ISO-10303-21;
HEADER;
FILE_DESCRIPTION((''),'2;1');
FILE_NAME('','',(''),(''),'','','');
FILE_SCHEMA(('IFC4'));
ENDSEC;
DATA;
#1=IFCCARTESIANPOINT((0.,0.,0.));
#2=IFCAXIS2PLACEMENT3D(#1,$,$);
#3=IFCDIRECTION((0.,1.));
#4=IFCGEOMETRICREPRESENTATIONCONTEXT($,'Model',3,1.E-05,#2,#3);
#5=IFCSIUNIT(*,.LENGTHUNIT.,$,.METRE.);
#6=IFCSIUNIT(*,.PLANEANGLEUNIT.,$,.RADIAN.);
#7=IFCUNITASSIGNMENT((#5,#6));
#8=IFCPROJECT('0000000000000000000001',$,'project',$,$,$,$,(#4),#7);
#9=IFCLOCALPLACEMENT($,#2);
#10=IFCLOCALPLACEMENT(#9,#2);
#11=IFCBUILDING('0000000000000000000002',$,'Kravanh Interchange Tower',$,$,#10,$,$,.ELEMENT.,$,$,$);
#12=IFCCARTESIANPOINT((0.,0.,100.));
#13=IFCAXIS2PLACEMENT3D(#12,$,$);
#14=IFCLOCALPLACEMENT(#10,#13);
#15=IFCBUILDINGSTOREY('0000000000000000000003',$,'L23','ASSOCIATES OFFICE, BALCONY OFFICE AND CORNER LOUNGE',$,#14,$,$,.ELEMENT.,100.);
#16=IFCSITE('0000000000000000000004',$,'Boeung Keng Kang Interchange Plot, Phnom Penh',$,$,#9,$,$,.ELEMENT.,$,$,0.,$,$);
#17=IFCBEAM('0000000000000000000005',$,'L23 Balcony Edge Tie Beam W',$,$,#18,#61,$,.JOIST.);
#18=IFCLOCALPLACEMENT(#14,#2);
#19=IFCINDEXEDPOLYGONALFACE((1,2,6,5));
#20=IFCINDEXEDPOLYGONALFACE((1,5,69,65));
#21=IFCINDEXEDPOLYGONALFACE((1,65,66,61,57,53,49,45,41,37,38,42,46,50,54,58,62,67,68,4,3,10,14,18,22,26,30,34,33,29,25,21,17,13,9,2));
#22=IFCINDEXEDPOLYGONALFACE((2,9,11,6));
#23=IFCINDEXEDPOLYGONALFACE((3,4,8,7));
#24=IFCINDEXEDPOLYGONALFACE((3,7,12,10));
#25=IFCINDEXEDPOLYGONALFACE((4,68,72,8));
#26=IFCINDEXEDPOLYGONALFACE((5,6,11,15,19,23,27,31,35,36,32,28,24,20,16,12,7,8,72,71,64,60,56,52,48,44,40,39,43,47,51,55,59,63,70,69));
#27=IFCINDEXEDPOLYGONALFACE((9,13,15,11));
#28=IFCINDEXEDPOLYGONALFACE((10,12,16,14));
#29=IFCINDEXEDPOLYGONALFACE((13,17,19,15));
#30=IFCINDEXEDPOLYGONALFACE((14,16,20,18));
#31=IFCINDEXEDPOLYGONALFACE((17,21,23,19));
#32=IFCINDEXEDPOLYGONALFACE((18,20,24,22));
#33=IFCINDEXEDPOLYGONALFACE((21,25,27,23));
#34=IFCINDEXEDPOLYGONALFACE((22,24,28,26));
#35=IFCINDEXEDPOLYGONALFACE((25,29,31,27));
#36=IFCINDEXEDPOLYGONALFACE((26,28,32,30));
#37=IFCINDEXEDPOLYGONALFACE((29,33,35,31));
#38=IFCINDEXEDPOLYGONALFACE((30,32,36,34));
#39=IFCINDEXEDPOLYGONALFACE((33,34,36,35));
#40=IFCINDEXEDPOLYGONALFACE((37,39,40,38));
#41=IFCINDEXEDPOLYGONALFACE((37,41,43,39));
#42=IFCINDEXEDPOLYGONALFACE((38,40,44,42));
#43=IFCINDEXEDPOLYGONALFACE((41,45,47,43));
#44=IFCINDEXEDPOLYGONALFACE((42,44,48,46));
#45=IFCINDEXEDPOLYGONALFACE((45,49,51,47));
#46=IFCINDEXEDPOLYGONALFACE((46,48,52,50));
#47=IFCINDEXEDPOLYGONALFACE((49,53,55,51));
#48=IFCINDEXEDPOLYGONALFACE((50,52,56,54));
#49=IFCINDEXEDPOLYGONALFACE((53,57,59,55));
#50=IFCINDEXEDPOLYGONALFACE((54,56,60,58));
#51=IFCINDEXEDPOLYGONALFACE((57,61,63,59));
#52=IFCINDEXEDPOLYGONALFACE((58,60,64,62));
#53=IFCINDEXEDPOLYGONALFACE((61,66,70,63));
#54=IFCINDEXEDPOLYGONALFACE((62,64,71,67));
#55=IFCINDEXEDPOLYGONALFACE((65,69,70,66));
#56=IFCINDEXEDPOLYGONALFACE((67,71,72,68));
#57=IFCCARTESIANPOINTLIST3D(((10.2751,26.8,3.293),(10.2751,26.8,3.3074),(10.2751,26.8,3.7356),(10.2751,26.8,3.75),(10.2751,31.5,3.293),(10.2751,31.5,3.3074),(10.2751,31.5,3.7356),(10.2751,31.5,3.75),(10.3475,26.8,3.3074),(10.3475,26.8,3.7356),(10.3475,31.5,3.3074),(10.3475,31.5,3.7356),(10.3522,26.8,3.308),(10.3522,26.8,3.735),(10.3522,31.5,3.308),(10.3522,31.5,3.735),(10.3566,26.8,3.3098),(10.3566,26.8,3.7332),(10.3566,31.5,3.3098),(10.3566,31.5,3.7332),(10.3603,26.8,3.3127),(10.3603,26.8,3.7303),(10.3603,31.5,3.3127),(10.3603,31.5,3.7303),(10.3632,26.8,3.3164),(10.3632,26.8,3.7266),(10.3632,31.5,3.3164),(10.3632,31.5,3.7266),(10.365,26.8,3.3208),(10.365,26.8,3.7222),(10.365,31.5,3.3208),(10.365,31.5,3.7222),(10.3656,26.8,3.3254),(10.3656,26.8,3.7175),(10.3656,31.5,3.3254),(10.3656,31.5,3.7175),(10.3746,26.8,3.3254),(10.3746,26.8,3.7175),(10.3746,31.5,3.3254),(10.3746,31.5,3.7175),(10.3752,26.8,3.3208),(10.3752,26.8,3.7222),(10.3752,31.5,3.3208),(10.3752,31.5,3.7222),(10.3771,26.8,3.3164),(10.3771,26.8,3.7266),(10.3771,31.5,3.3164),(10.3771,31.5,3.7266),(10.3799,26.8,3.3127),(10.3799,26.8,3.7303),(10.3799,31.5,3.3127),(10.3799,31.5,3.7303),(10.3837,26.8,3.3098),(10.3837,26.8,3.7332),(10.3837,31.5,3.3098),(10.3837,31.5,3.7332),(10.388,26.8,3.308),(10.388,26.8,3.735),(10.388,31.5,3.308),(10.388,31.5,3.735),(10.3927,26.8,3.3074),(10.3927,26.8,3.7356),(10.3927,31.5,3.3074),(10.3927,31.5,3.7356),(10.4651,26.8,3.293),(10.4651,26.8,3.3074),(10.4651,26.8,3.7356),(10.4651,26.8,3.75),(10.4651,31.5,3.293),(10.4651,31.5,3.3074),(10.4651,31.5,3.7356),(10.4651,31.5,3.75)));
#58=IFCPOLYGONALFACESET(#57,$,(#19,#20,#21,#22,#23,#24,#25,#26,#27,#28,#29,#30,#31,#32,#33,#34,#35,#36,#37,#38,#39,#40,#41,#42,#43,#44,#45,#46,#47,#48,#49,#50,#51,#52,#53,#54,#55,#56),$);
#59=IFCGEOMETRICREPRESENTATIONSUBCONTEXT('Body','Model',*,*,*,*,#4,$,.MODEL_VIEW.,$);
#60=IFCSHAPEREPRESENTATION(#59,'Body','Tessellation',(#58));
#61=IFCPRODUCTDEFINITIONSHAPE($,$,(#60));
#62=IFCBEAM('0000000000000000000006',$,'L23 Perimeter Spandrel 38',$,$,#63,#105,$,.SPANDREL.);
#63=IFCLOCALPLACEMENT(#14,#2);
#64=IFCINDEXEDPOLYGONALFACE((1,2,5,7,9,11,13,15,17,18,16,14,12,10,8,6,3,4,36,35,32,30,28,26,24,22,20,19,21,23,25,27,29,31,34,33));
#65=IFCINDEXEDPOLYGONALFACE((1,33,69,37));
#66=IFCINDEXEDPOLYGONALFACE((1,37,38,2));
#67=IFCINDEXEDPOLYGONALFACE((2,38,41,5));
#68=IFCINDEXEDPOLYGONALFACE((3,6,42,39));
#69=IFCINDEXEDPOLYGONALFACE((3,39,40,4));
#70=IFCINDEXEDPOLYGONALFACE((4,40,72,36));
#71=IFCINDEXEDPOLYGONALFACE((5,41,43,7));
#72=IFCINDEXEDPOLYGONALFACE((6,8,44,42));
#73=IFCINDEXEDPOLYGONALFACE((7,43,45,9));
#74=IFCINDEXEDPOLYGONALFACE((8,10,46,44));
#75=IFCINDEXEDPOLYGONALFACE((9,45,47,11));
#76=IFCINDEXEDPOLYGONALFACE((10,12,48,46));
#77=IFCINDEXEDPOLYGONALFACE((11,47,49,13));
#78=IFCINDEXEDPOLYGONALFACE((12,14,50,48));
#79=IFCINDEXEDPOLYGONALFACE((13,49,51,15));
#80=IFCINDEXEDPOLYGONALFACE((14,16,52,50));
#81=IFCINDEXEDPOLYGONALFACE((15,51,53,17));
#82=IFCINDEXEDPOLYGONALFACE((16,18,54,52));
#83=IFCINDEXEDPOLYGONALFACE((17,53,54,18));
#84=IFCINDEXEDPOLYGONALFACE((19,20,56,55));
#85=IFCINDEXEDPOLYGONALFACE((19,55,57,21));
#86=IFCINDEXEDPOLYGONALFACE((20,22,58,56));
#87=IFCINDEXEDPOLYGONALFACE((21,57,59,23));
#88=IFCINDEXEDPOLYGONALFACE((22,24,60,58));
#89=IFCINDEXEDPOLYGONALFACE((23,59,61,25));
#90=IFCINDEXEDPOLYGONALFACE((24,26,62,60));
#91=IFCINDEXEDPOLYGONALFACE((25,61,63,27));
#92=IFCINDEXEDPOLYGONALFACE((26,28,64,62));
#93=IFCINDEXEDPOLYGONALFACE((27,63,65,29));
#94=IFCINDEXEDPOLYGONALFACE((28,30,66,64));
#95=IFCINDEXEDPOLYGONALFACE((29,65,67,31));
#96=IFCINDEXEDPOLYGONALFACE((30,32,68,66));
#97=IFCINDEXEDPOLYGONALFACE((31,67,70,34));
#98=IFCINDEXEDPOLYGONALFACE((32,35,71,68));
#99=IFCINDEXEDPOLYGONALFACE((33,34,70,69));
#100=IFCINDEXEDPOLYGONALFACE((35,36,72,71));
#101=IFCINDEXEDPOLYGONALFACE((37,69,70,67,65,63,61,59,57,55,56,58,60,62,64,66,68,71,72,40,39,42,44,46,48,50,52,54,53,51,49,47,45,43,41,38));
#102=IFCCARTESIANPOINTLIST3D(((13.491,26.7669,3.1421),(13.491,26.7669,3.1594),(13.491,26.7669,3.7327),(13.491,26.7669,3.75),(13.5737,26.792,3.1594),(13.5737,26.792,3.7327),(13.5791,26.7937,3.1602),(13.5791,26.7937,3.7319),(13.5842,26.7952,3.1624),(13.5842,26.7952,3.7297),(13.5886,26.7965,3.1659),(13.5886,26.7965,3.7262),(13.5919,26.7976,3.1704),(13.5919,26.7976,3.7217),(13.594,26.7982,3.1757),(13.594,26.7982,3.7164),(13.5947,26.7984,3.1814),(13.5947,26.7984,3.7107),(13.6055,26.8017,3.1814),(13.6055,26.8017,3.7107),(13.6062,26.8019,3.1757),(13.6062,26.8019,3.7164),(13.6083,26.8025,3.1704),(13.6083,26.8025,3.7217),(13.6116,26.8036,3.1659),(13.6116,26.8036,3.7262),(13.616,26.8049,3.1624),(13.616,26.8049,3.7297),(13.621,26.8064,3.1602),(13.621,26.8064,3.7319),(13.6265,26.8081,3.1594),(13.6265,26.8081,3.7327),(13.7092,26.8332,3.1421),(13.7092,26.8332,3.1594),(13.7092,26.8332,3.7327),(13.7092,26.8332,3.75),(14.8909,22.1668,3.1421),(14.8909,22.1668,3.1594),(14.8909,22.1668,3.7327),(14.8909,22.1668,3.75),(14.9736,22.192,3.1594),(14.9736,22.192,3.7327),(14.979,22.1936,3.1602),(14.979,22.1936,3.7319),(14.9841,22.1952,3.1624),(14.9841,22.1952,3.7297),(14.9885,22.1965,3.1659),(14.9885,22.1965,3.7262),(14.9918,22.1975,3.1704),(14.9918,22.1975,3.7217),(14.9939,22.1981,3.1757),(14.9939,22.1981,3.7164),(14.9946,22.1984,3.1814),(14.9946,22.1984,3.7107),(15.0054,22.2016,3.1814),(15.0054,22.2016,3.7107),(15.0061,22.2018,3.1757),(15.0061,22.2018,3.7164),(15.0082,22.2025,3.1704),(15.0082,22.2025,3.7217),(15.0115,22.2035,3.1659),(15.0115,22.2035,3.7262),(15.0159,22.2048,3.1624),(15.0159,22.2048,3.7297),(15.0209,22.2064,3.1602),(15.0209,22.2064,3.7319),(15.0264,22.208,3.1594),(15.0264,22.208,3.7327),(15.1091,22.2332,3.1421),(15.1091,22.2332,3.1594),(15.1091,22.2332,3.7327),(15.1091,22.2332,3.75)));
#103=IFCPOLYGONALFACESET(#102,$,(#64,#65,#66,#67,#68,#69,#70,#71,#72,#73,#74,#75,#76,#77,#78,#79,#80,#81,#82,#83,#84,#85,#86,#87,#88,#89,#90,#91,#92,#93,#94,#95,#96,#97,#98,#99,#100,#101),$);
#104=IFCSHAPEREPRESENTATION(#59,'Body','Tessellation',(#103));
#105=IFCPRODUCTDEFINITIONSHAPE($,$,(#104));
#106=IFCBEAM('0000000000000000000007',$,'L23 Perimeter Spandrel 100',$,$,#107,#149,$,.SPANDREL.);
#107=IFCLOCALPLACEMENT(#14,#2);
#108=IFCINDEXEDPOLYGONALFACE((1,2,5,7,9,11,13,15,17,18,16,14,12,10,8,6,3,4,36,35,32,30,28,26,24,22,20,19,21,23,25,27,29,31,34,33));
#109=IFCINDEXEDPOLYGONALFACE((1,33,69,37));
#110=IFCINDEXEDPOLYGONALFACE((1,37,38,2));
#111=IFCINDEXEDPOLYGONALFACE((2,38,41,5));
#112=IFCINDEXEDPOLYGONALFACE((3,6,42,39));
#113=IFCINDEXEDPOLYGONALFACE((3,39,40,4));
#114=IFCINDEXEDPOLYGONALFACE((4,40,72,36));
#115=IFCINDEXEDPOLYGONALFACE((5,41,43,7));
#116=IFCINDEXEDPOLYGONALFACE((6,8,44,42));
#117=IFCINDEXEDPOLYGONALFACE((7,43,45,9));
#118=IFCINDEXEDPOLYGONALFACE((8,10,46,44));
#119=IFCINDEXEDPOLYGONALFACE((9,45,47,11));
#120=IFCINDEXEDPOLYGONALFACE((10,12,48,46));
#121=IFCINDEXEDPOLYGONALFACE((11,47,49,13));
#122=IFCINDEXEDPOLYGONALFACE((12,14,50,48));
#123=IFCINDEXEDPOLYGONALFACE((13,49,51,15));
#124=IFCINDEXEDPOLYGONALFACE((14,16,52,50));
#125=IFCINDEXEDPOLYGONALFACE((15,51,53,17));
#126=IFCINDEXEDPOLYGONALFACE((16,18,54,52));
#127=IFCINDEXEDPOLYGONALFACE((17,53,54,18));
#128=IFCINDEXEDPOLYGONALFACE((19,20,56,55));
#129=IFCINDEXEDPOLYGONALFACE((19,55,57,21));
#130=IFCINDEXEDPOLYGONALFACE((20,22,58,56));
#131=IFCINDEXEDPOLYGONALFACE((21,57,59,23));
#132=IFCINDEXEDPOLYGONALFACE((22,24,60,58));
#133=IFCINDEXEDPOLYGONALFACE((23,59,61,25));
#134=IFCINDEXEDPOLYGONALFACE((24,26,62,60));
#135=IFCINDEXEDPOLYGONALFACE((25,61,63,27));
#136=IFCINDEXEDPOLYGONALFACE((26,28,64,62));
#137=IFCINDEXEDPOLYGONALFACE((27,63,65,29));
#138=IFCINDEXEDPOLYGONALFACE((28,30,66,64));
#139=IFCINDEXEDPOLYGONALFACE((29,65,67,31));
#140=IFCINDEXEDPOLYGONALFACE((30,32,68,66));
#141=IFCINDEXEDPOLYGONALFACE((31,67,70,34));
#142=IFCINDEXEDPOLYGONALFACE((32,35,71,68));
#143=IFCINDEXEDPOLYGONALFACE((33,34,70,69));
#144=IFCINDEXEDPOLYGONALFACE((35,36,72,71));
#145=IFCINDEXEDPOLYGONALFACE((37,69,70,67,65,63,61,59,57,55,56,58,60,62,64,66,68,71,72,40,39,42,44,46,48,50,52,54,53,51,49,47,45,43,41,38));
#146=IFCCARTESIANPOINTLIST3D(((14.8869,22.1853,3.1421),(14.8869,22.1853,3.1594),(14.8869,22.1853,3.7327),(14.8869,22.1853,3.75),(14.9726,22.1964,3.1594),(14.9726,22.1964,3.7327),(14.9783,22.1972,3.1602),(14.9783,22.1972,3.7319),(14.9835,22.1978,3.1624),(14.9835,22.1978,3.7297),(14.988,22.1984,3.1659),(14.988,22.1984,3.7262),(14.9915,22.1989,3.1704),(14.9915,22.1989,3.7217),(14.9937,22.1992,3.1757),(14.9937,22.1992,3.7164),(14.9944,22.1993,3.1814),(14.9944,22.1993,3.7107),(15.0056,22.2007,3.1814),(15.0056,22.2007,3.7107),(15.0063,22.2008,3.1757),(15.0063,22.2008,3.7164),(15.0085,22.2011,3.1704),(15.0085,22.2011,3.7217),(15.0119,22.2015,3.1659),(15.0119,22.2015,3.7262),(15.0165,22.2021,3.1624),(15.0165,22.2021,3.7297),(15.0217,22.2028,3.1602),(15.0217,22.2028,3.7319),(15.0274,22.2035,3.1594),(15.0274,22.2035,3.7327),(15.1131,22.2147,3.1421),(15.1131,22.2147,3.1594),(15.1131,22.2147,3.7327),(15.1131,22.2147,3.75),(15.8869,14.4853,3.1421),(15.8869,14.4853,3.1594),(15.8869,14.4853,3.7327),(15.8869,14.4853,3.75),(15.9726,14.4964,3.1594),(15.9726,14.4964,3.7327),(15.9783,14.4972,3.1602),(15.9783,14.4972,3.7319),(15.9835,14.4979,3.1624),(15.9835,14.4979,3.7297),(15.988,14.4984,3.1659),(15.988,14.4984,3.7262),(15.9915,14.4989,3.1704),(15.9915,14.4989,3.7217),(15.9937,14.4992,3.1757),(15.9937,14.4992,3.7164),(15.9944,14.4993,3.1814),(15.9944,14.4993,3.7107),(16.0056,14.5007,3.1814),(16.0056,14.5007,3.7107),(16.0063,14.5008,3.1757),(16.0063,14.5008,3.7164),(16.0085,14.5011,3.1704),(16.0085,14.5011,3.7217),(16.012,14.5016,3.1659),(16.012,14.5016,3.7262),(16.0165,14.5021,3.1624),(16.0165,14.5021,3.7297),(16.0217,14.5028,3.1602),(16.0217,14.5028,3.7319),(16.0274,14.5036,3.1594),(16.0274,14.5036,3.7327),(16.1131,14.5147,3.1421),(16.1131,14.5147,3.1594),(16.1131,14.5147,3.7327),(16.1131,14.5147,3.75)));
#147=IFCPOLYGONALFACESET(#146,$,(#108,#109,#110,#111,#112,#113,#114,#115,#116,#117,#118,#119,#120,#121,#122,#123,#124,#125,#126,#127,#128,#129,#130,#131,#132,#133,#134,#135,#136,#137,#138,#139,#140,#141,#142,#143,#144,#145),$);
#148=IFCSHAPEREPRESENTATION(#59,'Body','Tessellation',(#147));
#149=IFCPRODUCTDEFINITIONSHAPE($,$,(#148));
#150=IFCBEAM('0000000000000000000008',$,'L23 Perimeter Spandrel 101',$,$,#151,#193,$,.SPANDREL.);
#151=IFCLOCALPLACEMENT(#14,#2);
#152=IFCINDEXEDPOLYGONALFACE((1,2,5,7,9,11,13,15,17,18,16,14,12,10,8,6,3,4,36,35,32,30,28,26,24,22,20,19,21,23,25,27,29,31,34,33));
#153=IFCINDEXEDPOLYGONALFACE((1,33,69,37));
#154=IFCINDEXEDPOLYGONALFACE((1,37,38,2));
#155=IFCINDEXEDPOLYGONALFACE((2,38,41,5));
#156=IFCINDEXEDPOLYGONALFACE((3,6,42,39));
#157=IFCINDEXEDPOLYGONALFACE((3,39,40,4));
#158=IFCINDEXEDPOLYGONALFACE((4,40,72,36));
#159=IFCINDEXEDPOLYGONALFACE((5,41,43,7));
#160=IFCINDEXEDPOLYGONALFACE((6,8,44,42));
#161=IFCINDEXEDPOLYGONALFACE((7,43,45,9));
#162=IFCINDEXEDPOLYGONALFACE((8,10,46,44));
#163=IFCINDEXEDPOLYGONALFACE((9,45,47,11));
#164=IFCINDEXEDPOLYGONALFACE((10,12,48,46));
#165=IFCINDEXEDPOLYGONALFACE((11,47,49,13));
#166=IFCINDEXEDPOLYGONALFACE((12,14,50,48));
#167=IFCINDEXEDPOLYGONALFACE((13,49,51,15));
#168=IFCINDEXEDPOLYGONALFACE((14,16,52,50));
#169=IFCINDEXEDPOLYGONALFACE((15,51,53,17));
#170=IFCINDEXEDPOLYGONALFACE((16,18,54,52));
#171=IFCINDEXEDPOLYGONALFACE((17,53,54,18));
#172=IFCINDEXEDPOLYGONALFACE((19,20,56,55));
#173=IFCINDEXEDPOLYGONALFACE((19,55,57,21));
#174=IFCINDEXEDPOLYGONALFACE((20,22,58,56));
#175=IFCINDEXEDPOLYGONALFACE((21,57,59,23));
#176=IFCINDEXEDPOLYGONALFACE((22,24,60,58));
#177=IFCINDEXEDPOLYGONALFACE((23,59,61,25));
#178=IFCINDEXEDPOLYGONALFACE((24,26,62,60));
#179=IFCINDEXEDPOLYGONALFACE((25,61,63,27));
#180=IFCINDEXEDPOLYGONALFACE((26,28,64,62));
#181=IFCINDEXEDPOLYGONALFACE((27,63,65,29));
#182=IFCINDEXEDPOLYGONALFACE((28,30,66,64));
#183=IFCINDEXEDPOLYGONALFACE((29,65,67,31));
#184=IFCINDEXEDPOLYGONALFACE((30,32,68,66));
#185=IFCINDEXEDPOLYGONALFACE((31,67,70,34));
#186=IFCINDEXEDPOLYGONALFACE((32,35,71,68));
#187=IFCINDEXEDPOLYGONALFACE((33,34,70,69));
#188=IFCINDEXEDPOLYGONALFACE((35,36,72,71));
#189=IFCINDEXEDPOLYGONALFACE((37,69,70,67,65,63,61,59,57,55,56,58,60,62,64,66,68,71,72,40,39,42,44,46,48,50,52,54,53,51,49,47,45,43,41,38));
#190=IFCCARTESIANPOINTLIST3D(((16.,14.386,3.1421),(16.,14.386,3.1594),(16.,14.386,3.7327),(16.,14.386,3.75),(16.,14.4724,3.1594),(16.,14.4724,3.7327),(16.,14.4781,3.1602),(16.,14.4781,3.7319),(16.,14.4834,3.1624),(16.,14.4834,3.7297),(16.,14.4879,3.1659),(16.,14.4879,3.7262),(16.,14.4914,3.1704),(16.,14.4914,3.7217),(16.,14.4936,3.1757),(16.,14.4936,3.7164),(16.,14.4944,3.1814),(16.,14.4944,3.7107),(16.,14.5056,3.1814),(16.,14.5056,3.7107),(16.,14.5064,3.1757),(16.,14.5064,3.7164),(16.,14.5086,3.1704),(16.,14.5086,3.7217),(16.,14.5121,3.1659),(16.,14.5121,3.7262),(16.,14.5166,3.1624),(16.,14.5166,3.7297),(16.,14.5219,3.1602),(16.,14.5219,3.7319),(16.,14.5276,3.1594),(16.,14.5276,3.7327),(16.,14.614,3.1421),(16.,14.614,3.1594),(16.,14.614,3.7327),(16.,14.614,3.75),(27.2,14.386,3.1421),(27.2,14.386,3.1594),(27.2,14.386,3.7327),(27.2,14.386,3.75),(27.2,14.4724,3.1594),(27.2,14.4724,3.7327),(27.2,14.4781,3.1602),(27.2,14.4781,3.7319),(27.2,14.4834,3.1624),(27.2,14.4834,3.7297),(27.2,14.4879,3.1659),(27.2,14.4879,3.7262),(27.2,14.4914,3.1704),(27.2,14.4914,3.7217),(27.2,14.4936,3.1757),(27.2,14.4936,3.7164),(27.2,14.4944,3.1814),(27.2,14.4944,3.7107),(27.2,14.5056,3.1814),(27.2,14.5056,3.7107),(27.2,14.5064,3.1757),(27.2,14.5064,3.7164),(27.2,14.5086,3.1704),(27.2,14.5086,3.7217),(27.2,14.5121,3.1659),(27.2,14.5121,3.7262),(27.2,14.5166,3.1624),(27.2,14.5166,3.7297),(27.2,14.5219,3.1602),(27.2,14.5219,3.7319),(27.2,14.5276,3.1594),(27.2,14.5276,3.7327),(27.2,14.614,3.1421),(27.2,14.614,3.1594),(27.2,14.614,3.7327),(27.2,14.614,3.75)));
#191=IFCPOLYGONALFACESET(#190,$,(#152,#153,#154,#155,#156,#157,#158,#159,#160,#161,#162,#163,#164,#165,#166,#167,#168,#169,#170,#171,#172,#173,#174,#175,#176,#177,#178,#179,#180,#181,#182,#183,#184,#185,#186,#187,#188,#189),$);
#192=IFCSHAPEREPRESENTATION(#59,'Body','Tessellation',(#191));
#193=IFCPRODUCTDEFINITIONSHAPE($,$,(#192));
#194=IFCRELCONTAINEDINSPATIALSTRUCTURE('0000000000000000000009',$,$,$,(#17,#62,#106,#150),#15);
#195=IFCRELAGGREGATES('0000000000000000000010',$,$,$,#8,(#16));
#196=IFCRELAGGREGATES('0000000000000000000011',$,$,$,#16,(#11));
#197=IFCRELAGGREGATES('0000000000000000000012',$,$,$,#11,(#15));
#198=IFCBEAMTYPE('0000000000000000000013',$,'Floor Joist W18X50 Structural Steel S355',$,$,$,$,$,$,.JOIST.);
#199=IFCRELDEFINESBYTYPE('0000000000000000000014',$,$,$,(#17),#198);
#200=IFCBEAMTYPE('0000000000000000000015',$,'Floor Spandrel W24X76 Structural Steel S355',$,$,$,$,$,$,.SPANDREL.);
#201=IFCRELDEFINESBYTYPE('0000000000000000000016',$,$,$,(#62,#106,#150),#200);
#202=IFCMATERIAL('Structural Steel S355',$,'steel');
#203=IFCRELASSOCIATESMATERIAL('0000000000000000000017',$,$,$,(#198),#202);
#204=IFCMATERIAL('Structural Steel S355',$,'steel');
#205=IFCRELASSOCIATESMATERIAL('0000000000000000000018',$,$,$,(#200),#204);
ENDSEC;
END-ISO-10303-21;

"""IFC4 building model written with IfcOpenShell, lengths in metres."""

from ifc_helpers import new_model, si_unit, direction, frame, origin, origin_2d, place, context, subcontext, project, spatial, i_section, extrude, material, material_profile, profile_set, type_object, element, save


model = new_model("IFC4")

# Units and contexts
model_context = context("Model", 3, precision=1e-05, world=origin(), true_north=direction((0.0, 1.0)))
body_context = subcontext(model_context, "Body", "Model", "MODEL_VIEW")
ifc_project = project(units=[si_unit("LENGTHUNIT", "METRE"), si_unit("PLANEANGLEUNIT", "RADIAN")], contexts=[model_context])

# Site, building, storey
site_placement = place(None, origin())
site = spatial("IfcSite", under=ifc_project, at=site_placement, Name="Boeung Keng Kang Interchange Plot, Phnom Penh", CompositionType="ELEMENT", RefElevation=0.0)
building_placement = place(site_placement, origin())
building = spatial("IfcBuilding", under=site, at=building_placement, Name="Kravanh Interchange Tower", CompositionType="ELEMENT")
storey_placement = place(building_placement, frame((0.0, 0.0, 100.0)))
storey = spatial("IfcBuildingStorey", under=building, at=storey_placement, Name="L23", Description="ASSOCIATES OFFICE, BALCONY OFFICE AND CORNER LOUNGE", CompositionType="ELEMENT", Elevation=100.0)

# Beams
ifc_material_1 = material(Name="Structural Steel S355", Category="steel")
ifc_material_profile_1 = material_profile(ifc_material_1, i_section(OverallWidth=0.1899, OverallDepth=0.457, WebThickness=0.009, FlangeThickness=0.0144, FilletRadius=0.0181, at=origin_2d()), Name="W18X50")
ifc_profile_set_1 = profile_set([ifc_material_profile_1], Name="Structural Steel S355")
beam_type_1 = type_object("IfcBeamType", Name="Floor Joist W18X50 Structural Steel S355", PredefinedType="JOIST", material=ifc_profile_set_1)
beam_1_placement = place(storey_placement, frame((10.3701, 26.8, 3.5215), z_axis=(0.0, 1.0, 0.0), x_axis=(-1.0, 0.0, 0.0)))
element("IfcBeam", 1, at=beam_1_placement, inside=storey, type_object=beam_type_1, Name="L23 Balcony Edge Tie Beam W", PredefinedType="JOIST", context=body_context, shape_type="SweptSolid", body=[
    extrude(i_section(OverallWidth=0.1899, OverallDepth=0.457, WebThickness=0.009, FlangeThickness=0.0144, FilletRadius=0.0181, at=origin_2d()), origin(), (0.0, 0.0, 1.0), 4.7),
])
ifc_material_2 = material(Name="Structural Steel S355", Category="steel")
ifc_material_profile_2 = material_profile(ifc_material_2, i_section(OverallWidth=0.228, OverallDepth=0.6079, WebThickness=0.0112, FlangeThickness=0.0173, FilletRadius=0.022, at=origin_2d()), Name="W24X76")
ifc_profile_set_2 = profile_set([ifc_material_profile_2], Name="Structural Steel S355")
beam_type_2 = type_object("IfcBeamType", Name="Floor Spandrel W24X76 Structural Steel S355", PredefinedType="SPANDREL", material=ifc_profile_set_2)
beam_2_placement = place(storey_placement, frame((13.6001, 26.8, 3.446), z_axis=(0.291137, -0.956681, 0.0), x_axis=(0.956681, 0.291137, 0.0)))
element("IfcBeam", 2, at=beam_2_placement, inside=storey, type_object=beam_type_2, Name="L23 Perimeter Spandrel 38", PredefinedType="SPANDREL", context=body_context, shape_type="SweptSolid", body=[
    extrude(i_section(OverallWidth=0.228, OverallDepth=0.6079, WebThickness=0.0112, FlangeThickness=0.0173, FilletRadius=0.022, at=origin_2d()), origin(), (0.0, 0.0, 1.0), 4.8083),
])
beam_3_placement = place(storey_placement, frame((16.0, 14.5, 3.446), z_axis=(-0.128789, 0.991672, 0.0), x_axis=(-0.991672, -0.128789, 0.0)))
element("IfcBeam", 3, at=beam_3_placement, inside=storey, type_object=beam_type_2, Name="L23 Perimeter Spandrel 100", PredefinedType="SPANDREL", context=body_context, shape_type="SweptSolid", body=[
    extrude(i_section(OverallWidth=0.228, OverallDepth=0.6079, WebThickness=0.0112, FlangeThickness=0.0173, FilletRadius=0.022, at=origin_2d()), origin(), (0.0, 0.0, 1.0), 7.7646),
])
beam_4_placement = place(storey_placement, frame((16.0, 14.5, 3.446), z_axis=(1.0, 0.0, 0.0), x_axis=(0.0, 1.0, 0.0)))
element("IfcBeam", 4, at=beam_4_placement, inside=storey, type_object=beam_type_2, Name="L23 Perimeter Spandrel 101", PredefinedType="SPANDREL", context=body_context, shape_type="SweptSolid", body=[
    extrude(i_section(OverallWidth=0.228, OverallDepth=0.6079, WebThickness=0.0112, FlangeThickness=0.0173, FilletRadius=0.022, at=origin_2d()), origin(), (0.0, 0.0, 1.0), 11.2),
])

save(model, "model.ifc")
